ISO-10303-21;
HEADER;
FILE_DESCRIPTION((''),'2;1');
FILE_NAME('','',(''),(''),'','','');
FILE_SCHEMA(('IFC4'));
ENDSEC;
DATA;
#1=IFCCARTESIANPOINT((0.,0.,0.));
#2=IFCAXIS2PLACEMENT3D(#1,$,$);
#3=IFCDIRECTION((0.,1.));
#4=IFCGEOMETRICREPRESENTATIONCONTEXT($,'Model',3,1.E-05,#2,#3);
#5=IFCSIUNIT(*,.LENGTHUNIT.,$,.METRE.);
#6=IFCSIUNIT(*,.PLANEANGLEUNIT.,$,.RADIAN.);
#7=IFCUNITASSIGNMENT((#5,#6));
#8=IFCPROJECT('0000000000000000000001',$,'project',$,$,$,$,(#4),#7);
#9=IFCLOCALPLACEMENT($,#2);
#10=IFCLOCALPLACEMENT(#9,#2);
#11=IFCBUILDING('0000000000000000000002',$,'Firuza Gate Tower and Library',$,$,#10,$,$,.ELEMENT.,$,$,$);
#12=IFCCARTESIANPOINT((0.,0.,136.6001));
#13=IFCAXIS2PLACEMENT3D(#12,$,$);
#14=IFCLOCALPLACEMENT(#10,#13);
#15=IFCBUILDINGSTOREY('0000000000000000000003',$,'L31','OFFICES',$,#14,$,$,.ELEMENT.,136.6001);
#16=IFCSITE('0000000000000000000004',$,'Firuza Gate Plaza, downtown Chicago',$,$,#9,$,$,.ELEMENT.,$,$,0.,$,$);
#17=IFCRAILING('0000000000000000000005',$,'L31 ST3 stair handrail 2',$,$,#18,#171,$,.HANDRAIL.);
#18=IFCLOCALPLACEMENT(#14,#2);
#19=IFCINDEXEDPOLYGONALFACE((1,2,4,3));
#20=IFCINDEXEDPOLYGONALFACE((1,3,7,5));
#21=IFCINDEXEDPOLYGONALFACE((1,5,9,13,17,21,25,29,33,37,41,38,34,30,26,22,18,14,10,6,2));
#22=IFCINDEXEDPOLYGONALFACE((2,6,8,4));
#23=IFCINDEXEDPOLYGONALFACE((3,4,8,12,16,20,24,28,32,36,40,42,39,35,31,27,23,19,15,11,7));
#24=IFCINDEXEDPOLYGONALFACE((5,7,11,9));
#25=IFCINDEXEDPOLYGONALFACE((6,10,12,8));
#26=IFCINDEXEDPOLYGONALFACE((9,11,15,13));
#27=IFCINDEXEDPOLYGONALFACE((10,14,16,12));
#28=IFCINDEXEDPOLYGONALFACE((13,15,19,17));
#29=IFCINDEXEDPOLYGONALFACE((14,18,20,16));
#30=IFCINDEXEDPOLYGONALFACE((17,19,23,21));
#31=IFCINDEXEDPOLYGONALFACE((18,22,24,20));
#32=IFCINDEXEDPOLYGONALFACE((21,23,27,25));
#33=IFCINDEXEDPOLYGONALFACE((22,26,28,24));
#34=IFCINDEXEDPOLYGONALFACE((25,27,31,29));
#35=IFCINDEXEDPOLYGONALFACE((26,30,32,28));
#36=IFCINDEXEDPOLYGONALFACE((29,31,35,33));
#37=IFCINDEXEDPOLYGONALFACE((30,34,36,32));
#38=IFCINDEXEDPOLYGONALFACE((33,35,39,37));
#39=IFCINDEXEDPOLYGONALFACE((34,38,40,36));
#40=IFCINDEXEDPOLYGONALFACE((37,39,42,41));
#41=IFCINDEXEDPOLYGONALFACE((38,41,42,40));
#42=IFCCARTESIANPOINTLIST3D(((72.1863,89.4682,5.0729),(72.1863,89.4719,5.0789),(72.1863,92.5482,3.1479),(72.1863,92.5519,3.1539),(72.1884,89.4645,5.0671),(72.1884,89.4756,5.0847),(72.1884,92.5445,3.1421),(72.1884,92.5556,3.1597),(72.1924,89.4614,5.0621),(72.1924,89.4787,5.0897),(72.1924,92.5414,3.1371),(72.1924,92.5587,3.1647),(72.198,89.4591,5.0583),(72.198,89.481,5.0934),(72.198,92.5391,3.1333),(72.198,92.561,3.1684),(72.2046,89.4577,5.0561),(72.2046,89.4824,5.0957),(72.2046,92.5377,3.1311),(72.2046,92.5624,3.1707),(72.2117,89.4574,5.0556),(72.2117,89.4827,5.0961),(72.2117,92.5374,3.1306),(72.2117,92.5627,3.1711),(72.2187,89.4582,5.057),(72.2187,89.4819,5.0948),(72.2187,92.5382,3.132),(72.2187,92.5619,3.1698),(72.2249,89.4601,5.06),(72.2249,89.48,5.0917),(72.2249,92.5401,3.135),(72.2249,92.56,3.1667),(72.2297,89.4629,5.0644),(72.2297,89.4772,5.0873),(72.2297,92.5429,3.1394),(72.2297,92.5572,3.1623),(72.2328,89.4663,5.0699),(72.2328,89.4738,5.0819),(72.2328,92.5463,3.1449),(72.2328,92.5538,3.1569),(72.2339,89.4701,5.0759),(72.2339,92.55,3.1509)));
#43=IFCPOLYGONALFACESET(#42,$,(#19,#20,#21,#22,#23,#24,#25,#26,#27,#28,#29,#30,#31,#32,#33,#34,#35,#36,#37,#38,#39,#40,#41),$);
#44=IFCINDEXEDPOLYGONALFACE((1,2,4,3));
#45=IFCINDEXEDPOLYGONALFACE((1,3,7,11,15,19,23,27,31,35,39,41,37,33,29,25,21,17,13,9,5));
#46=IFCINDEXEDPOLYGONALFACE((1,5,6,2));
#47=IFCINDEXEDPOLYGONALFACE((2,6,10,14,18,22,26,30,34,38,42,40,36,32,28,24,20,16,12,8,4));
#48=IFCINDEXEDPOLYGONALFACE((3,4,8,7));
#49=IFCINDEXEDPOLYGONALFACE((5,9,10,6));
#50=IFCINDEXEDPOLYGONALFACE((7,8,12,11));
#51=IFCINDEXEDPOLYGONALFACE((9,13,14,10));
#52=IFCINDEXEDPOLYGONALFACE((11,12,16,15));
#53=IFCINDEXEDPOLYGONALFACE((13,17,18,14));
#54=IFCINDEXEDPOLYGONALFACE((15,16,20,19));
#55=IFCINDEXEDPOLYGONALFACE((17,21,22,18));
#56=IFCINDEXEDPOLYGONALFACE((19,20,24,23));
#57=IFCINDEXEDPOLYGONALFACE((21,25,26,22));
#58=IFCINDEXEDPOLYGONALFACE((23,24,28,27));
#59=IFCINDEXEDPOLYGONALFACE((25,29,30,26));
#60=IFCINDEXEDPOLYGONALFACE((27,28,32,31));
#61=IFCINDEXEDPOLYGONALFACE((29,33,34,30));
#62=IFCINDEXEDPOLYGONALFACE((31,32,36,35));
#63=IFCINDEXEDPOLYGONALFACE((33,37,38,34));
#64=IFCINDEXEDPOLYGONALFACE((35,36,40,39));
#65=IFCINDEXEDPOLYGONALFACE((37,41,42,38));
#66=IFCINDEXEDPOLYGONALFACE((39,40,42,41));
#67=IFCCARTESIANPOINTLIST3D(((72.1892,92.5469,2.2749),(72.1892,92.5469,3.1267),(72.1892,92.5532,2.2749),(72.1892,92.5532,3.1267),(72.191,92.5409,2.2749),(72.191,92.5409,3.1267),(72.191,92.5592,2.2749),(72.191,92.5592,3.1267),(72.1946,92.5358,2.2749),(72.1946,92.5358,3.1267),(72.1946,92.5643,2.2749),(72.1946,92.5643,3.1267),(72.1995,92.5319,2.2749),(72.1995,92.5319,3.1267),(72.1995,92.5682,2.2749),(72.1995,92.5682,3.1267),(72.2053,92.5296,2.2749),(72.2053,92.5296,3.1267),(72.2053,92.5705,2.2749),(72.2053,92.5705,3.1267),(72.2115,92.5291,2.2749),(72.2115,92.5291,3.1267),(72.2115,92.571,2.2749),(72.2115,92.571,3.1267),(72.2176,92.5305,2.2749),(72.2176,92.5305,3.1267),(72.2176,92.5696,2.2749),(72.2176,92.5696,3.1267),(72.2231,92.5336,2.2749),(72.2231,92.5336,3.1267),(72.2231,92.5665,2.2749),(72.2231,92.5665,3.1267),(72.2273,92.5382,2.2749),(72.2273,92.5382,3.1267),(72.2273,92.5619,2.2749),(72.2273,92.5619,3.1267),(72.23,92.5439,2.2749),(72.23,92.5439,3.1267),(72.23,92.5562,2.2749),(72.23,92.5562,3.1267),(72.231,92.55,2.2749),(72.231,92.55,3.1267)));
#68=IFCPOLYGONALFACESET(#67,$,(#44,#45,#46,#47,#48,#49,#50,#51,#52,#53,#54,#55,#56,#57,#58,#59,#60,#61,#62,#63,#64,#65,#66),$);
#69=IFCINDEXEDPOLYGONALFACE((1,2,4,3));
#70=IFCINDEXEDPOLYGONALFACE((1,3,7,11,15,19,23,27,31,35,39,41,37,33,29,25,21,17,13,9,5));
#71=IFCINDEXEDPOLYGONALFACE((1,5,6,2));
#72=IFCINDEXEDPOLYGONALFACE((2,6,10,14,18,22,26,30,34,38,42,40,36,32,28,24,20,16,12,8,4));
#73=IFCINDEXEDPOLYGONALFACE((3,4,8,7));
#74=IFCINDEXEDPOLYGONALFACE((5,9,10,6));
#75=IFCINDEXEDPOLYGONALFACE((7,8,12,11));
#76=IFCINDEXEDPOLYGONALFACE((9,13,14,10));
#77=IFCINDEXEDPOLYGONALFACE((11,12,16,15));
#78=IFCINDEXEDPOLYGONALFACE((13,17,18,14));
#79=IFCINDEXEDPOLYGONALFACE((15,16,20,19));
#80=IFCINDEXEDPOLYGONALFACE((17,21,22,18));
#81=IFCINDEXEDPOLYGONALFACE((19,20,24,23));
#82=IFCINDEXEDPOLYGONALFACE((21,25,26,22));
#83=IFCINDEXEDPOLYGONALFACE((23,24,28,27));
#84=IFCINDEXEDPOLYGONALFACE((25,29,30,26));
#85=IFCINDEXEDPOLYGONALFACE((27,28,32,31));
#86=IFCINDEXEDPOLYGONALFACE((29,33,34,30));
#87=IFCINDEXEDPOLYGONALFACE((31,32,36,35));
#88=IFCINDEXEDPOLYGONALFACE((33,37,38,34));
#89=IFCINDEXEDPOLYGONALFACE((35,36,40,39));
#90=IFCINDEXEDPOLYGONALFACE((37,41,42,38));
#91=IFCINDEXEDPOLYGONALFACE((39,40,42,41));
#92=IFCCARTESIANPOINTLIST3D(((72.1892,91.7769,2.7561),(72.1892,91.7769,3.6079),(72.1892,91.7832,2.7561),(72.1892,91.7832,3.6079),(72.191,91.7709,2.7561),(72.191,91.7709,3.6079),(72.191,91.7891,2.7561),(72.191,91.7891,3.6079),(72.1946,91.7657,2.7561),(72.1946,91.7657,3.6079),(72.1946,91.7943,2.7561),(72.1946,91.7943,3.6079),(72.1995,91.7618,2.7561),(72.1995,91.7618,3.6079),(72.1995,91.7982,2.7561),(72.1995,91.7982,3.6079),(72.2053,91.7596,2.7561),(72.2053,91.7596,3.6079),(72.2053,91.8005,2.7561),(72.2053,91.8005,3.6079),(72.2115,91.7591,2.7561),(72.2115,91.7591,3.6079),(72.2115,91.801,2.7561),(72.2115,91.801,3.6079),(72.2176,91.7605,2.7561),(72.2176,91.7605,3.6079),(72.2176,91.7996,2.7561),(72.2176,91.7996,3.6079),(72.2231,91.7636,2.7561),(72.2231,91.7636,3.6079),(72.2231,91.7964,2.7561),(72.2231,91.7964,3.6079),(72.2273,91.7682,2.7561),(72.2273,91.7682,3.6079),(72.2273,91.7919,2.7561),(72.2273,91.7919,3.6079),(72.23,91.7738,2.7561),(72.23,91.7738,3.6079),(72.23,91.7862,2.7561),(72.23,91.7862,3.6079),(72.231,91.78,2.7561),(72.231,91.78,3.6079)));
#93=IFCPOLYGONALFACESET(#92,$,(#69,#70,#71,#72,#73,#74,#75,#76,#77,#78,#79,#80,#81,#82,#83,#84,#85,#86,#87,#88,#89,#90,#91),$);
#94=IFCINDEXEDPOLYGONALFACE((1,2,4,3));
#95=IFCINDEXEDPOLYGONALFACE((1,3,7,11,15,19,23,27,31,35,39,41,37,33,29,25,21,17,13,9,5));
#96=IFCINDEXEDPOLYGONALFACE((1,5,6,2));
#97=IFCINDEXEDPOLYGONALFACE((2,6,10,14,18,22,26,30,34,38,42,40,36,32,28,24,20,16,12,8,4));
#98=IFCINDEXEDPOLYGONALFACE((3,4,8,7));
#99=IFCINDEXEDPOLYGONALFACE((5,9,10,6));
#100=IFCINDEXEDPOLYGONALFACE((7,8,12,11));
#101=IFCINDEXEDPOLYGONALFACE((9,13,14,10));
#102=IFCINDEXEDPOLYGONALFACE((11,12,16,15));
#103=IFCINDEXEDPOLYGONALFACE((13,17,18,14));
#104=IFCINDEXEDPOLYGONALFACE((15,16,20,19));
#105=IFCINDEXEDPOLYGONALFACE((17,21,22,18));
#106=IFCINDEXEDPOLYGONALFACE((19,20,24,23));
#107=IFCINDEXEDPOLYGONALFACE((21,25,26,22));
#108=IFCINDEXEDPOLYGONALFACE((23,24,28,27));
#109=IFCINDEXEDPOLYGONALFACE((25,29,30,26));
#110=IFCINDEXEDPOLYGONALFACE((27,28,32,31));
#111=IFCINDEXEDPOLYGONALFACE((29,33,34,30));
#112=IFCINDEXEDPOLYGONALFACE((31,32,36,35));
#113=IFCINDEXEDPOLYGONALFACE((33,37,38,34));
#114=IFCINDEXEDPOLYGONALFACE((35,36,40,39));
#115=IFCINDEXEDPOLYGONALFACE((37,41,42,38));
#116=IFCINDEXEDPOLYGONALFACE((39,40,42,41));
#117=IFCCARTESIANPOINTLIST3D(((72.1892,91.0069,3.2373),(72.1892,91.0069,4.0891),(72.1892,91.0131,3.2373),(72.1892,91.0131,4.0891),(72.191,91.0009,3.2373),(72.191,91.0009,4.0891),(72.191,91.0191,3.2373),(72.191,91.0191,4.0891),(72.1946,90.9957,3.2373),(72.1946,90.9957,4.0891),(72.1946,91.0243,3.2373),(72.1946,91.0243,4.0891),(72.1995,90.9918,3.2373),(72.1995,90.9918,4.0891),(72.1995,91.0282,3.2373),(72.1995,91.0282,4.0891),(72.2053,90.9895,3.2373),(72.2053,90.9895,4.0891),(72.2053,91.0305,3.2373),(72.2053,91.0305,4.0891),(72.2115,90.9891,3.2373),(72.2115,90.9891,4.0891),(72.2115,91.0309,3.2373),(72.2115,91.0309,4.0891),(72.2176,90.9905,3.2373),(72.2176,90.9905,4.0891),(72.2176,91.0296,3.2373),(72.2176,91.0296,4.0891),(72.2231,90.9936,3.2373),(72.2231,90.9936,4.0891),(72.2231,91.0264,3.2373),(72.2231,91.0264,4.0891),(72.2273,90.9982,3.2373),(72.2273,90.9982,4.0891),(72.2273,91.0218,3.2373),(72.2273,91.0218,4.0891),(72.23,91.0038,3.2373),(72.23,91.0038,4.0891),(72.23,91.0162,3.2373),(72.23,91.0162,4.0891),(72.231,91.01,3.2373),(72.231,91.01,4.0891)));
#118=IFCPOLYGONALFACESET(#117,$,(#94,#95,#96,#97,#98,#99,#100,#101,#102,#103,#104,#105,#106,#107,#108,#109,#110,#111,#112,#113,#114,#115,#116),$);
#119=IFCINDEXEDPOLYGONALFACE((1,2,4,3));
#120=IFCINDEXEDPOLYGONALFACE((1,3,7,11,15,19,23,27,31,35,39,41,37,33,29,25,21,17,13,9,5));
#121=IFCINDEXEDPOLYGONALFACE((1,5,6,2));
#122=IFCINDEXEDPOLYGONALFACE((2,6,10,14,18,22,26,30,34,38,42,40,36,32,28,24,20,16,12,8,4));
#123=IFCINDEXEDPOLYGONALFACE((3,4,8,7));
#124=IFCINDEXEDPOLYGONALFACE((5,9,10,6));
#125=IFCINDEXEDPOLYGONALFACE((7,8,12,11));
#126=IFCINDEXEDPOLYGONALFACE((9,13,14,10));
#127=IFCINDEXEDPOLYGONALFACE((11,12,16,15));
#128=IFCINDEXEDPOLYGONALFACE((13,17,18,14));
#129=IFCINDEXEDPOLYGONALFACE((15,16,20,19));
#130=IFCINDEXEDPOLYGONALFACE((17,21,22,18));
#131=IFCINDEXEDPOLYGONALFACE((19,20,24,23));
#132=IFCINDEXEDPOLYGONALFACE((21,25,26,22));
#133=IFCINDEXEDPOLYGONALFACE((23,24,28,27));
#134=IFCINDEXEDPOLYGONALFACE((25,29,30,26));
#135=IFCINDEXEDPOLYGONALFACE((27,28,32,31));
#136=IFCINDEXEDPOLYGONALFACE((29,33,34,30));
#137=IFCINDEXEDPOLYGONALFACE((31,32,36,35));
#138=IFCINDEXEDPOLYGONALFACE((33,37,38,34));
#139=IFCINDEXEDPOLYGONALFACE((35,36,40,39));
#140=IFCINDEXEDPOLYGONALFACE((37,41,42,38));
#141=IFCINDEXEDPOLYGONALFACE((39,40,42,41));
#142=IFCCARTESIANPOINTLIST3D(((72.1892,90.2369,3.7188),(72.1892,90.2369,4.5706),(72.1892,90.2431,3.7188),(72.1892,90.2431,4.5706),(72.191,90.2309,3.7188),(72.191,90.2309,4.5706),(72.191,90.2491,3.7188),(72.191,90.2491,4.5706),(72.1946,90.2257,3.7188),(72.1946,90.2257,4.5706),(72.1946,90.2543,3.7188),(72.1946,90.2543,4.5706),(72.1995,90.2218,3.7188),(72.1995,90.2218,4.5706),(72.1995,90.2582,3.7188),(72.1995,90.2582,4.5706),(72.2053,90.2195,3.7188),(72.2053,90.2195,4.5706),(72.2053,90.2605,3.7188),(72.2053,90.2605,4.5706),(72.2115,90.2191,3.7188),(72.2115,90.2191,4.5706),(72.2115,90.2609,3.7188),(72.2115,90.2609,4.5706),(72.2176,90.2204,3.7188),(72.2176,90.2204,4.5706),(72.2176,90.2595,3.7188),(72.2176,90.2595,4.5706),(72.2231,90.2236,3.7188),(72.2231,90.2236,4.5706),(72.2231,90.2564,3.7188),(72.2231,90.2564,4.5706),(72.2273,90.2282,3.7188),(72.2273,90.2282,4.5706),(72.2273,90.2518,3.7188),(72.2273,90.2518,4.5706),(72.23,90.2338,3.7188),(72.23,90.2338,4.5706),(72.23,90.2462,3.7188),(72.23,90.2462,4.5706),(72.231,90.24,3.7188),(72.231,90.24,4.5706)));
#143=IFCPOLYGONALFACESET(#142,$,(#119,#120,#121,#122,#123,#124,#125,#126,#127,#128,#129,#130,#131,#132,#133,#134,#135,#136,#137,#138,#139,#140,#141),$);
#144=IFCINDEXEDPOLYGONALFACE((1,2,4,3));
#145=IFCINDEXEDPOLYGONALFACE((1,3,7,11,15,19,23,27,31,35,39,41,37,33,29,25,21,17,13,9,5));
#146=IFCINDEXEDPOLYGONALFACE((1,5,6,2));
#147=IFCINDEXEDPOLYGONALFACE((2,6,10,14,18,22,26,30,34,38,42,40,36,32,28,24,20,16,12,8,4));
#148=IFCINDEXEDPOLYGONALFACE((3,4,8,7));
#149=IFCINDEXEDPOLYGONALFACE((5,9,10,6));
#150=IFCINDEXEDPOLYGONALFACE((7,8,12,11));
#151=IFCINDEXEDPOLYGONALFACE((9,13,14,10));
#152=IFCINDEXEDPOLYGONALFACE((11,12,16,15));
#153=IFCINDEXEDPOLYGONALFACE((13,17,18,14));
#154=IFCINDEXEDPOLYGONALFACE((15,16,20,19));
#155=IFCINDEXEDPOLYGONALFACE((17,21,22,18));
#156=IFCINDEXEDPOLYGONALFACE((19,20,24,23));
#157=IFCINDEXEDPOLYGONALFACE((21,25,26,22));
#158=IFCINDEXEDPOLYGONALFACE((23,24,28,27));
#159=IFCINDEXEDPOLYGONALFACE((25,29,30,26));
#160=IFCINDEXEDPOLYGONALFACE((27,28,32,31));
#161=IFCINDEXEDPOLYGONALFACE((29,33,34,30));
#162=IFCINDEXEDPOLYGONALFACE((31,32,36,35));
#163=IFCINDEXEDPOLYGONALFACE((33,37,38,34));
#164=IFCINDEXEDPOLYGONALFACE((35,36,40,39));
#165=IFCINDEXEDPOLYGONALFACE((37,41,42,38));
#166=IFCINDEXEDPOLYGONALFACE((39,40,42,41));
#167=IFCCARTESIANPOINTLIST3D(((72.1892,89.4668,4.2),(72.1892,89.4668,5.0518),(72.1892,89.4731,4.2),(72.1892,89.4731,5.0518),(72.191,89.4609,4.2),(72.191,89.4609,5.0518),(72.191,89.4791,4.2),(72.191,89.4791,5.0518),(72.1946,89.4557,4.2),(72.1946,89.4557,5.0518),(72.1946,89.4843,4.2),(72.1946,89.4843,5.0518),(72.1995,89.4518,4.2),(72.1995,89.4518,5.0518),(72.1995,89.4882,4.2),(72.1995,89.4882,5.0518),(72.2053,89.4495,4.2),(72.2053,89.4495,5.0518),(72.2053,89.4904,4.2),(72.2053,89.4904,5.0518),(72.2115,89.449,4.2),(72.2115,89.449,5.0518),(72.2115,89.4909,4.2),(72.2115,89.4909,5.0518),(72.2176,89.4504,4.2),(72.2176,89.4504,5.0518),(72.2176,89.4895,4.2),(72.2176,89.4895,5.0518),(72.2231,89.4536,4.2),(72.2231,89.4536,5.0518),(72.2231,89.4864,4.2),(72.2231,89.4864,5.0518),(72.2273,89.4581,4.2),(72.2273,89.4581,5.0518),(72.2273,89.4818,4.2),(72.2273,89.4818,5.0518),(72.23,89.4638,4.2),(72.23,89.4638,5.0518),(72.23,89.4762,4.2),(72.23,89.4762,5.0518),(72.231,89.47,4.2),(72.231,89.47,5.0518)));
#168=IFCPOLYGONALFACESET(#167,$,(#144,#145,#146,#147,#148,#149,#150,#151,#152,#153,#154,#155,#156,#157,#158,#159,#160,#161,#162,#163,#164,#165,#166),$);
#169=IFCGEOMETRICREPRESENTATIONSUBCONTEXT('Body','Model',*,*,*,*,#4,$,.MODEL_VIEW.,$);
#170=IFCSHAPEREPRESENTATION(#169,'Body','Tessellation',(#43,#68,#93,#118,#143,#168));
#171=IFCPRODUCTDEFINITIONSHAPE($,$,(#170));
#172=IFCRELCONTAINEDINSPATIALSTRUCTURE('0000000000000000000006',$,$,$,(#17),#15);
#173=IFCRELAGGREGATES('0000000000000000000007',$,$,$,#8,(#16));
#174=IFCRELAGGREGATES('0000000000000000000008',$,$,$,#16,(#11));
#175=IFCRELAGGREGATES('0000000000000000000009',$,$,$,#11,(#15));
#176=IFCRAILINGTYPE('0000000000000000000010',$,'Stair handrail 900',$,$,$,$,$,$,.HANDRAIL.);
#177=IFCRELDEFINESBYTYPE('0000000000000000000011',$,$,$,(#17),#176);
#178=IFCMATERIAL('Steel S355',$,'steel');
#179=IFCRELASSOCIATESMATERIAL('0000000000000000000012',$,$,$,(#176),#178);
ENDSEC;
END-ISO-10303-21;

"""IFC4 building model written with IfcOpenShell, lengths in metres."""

from ifc_helpers import new_model, si_unit, direction, frame, origin, origin_2d, place, context, subcontext, project, spatial, circle, extrude, material, type_object, element, save


model = new_model("IFC4")

# Units and contexts
model_context = context("Model", 3, precision=1e-05, world=origin(), true_north=direction((0.0, 1.0)))
body_context = subcontext(model_context, "Body", "Model", "MODEL_VIEW")
ifc_project = project(units=[si_unit("LENGTHUNIT", "METRE"), si_unit("PLANEANGLEUNIT", "RADIAN")], contexts=[model_context])

# Site, building, storey
site_placement = place(None, origin())
site = spatial("IfcSite", under=ifc_project, at=site_placement, Name="Firuza Gate Plaza, downtown Chicago", CompositionType="ELEMENT", RefElevation=0.0)
building_placement = place(site_placement, origin())
building = spatial("IfcBuilding", under=site, at=building_placement, Name="Firuza Gate Tower and Library", CompositionType="ELEMENT")
storey_placement = place(building_placement, frame((0.0, 0.0, 136.6001)))
storey = spatial("IfcBuildingStorey", under=building, at=storey_placement, Name="L31", Description="OFFICES", CompositionType="ELEMENT", Elevation=136.6001)

# Railing
ifc_material_1 = material(Name="Steel S355", Category="steel")
railing_type_1 = type_object("IfcRailingType", Name="Stair handrail 900", PredefinedType="HANDRAIL", material=ifc_material_1)
railing_1_placement = place(storey_placement, frame((72.21, 92.55, 2.2749)))
element("IfcRailing", 1, at=railing_1_placement, inside=storey, type_object=railing_type_1, Name="L31 ST3 stair handrail 2", PredefinedType="HANDRAIL", context=body_context, shape_type="SweptSolid", body=[
    extrude(circle(Radius=0.0239, at=origin_2d()), frame((0.0, 0.0, 0.876), z_axis=(0.0, -0.847998, 0.529999), x_axis=(1.0, 0.0, 0.0)), (0.0, 0.0, 1.0), 3.6321),
    extrude(circle(Radius=0.021, at=origin_2d()), origin(), (0.0, 0.0, 1.0), 0.8518),
    extrude(circle(Radius=0.021, at=origin_2d()), frame((0.0, -0.77, 0.4812)), (0.0, 0.0, 1.0), 0.8518),
    extrude(circle(Radius=0.021, at=origin_2d()), frame((0.0, -1.54, 0.9624)), (0.0, 0.0, 1.0), 0.8518),
    extrude(circle(Radius=0.021, at=origin_2d()), frame((0.0, -2.3101, 1.4438)), (0.0, 0.0, 1.0), 0.8518),
    extrude(circle(Radius=0.021, at=origin_2d()), frame((0.0, -3.0801, 1.925)), (0.0, 0.0, 1.0), 0.8518),
])

save(model, "model.ifc")
